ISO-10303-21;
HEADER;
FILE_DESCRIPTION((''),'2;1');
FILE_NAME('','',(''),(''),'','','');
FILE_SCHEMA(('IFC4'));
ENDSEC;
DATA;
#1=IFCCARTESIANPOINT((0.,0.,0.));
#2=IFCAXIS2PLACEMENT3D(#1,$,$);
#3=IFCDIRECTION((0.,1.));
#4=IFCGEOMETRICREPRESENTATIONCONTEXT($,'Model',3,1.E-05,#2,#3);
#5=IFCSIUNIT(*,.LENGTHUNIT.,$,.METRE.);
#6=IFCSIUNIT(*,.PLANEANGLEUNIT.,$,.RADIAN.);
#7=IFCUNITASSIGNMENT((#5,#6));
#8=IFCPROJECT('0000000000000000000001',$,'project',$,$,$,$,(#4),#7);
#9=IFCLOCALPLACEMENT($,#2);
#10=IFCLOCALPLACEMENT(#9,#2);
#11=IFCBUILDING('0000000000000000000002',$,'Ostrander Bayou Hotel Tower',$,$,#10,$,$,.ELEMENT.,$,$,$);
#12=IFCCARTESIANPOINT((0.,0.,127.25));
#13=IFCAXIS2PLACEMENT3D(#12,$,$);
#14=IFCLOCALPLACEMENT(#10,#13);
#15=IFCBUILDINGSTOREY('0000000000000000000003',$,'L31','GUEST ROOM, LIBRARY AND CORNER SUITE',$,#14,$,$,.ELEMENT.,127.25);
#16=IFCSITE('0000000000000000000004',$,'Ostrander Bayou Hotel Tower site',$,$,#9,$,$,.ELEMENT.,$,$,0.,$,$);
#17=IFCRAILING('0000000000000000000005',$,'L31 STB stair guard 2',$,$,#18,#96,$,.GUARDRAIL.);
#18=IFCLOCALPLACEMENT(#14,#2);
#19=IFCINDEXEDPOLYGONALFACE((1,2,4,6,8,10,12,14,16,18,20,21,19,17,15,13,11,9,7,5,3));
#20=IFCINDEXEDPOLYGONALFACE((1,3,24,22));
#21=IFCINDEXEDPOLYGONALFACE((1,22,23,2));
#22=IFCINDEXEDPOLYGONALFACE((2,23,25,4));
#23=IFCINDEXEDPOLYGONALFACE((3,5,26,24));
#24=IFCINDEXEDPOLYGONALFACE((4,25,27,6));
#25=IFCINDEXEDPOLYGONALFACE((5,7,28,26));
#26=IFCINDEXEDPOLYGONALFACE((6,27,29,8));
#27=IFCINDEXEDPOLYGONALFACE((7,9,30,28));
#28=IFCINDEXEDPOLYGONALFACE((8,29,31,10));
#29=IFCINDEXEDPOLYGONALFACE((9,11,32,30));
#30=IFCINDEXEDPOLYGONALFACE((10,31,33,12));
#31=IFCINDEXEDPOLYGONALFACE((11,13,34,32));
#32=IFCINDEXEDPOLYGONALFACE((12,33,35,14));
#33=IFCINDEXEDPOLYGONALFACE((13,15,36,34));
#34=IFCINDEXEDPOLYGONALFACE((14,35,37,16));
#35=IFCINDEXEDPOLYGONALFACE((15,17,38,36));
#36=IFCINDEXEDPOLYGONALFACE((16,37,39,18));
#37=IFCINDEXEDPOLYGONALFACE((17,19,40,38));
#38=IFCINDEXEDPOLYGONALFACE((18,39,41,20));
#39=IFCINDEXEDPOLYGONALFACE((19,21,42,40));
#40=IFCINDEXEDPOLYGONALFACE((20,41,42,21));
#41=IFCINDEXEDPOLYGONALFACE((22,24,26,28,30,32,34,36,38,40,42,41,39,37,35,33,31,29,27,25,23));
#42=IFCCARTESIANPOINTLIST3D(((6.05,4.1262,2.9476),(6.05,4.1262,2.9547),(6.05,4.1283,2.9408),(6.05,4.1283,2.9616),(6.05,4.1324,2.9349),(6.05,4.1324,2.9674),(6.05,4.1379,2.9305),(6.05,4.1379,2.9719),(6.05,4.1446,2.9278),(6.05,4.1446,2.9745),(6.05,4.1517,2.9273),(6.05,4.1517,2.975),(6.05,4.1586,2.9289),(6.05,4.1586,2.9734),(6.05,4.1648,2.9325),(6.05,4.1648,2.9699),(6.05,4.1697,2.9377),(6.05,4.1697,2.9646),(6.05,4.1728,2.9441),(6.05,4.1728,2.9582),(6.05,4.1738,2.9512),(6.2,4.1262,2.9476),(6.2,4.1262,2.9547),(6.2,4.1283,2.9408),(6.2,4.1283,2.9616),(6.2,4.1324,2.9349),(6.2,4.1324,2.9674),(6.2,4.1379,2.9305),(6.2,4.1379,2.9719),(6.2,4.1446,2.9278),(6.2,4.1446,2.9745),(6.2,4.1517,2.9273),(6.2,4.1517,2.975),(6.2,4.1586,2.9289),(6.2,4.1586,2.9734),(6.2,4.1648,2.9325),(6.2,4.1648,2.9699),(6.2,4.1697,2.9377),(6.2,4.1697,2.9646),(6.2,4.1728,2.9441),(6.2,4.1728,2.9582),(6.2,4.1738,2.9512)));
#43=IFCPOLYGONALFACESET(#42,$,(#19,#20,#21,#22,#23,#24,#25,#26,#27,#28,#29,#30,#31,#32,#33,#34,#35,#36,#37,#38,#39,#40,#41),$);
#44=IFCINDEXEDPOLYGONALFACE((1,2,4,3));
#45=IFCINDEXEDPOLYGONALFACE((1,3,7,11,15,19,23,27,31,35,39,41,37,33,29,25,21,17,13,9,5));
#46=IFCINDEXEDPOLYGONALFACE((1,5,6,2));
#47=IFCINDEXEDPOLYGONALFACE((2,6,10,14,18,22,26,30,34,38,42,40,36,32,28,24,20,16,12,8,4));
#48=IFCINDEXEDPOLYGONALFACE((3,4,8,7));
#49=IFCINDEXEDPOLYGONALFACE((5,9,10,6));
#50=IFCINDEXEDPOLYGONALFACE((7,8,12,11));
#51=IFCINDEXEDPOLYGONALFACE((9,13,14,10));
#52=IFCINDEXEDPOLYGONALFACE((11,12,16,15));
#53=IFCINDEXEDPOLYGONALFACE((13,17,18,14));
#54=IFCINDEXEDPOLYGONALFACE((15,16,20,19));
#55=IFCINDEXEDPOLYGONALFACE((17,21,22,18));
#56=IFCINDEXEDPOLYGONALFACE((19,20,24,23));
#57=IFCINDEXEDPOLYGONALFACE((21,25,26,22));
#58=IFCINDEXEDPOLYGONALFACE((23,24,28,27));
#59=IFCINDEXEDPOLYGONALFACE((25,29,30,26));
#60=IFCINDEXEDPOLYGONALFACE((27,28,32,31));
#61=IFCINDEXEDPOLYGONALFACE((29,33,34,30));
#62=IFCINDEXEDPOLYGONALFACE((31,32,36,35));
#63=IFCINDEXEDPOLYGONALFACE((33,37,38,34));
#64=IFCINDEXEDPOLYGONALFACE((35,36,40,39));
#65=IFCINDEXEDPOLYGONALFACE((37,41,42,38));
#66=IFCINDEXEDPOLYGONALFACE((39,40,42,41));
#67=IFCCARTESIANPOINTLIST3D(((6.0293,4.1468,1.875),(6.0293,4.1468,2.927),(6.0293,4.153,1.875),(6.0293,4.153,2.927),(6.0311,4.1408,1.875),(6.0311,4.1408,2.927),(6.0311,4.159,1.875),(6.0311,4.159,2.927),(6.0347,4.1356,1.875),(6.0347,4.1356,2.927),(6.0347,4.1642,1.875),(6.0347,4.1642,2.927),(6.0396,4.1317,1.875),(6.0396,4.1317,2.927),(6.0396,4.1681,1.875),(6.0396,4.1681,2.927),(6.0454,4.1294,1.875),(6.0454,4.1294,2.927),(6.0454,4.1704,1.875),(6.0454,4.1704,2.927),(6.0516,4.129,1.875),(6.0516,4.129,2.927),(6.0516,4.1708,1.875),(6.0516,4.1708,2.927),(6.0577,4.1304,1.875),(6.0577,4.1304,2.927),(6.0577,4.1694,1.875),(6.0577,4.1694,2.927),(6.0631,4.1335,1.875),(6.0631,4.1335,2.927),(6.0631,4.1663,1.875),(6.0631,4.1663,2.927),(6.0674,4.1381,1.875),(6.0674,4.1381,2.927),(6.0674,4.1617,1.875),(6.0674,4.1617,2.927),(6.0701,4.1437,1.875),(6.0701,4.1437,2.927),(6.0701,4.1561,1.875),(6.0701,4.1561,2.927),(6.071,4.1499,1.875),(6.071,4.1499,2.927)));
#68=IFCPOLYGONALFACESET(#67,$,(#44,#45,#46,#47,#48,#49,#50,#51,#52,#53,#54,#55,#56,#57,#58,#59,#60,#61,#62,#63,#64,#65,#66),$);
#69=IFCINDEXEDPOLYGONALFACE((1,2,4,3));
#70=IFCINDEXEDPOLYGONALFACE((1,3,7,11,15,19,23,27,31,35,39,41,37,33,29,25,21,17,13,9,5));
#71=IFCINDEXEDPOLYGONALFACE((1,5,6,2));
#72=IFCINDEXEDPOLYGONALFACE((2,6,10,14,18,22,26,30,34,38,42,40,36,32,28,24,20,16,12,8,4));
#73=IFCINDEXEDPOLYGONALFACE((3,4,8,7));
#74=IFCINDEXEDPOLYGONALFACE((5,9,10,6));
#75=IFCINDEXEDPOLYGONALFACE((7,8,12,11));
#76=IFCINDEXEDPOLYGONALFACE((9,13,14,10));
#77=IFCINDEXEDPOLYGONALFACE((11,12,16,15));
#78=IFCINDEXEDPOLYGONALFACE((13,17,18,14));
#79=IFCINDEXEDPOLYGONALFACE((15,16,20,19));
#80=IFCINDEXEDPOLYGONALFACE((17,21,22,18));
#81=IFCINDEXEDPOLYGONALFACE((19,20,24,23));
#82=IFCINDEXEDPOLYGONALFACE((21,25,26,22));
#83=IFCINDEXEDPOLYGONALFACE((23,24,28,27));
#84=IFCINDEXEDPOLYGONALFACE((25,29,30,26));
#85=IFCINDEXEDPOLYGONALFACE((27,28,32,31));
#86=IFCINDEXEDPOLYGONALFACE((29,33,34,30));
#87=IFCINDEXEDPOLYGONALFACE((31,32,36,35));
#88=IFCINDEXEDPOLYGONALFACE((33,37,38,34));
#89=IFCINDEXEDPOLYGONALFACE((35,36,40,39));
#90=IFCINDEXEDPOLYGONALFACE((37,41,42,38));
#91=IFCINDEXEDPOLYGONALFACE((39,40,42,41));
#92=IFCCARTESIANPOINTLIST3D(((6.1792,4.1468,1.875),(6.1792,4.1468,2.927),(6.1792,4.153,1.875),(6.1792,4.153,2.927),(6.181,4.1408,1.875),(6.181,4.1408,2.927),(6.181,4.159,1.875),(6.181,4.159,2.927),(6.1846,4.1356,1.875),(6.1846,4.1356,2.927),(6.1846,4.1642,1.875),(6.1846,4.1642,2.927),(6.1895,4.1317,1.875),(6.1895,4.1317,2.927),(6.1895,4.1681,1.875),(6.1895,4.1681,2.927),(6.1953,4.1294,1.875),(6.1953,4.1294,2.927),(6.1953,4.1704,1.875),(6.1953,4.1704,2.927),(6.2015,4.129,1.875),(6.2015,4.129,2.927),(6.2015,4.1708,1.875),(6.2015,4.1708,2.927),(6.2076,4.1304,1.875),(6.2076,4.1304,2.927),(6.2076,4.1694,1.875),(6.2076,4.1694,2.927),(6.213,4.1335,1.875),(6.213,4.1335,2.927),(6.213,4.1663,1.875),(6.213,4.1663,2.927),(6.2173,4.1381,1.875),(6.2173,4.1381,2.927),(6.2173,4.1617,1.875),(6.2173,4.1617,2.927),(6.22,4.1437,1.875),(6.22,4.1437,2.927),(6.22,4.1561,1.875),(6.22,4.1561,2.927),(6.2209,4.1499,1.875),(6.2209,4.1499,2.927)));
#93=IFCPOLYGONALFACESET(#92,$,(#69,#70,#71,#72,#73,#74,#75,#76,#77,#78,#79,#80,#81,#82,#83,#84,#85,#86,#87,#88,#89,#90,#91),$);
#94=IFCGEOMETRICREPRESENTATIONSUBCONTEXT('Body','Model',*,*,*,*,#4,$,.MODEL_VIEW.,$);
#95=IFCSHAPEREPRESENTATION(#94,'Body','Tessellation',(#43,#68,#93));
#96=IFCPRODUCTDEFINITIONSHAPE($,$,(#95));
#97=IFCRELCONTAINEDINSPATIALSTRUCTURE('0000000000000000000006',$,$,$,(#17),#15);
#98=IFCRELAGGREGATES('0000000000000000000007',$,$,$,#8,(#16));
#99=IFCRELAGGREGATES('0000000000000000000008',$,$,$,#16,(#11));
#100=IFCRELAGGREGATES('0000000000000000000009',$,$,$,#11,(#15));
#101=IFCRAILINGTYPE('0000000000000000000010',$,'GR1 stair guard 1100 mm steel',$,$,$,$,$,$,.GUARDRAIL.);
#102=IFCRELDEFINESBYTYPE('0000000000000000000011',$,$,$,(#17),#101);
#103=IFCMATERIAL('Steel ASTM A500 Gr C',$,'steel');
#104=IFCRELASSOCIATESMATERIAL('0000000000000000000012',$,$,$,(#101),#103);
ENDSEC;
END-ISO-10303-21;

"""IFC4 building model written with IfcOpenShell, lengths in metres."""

from ifc_helpers import new_model, si_unit, direction, frame, origin, origin_2d, place, context, subcontext, project, spatial, circle, extrude, material, type_object, element, save


model = new_model("IFC4")

# Units and contexts
model_context = context("Model", 3, precision=1e-05, world=origin(), true_north=direction((0.0, 1.0)))
body_context = subcontext(model_context, "Body", "Model", "MODEL_VIEW")
ifc_project = project(units=[si_unit("LENGTHUNIT", "METRE"), si_unit("PLANEANGLEUNIT", "RADIAN")], contexts=[model_context])

# Site, building, storey
site_placement = place(None, origin())
site = spatial("IfcSite", under=ifc_project, at=site_placement, Name="Ostrander Bayou Hotel Tower site", CompositionType="ELEMENT", RefElevation=0.0)
building_placement = place(site_placement, origin())
building = spatial("IfcBuilding", under=site, at=building_placement, Name="Ostrander Bayou Hotel Tower", CompositionType="ELEMENT")
storey_placement = place(building_placement, frame((0.0, 0.0, 127.25)))
storey = spatial("IfcBuildingStorey", under=building, at=storey_placement, Name="L31", Description="GUEST ROOM, LIBRARY AND CORNER SUITE", CompositionType="ELEMENT", Elevation=127.25)

# Railing
ifc_material_1 = material(Name="Steel ASTM A500 Gr C", Category="steel")
railing_type_1 = type_object("IfcRailingType", Name="GR1 stair guard 1100 mm steel", PredefinedType="GUARDRAIL", material=ifc_material_1)
railing_1_placement = place(storey_placement, frame((6.05, 4.1499, 1.875)))
element("IfcRailing", 1, at=railing_1_placement, inside=storey, type_object=railing_type_1, Name="L31 STB stair guard 2", PredefinedType="GUARDRAIL", context=body_context, shape_type="SweptSolid", body=[
    extrude(circle(Radius=0.0239, at=origin_2d()), frame((0.0, 0.0, 1.0762), z_axis=(1.0, 0.0, 0.0), x_axis=(0.0, 1.0, 0.0)), (0.0, 0.0, 1.0), 0.1499),
    extrude(circle(Radius=0.021, at=origin_2d()), origin(), (0.0, 0.0, 1.0), 1.052),
    extrude(circle(Radius=0.021, at=origin_2d()), frame((0.1499, 0.0, 0.0)), (0.0, 0.0, 1.0), 1.052),
])

save(model, "model.ifc")
